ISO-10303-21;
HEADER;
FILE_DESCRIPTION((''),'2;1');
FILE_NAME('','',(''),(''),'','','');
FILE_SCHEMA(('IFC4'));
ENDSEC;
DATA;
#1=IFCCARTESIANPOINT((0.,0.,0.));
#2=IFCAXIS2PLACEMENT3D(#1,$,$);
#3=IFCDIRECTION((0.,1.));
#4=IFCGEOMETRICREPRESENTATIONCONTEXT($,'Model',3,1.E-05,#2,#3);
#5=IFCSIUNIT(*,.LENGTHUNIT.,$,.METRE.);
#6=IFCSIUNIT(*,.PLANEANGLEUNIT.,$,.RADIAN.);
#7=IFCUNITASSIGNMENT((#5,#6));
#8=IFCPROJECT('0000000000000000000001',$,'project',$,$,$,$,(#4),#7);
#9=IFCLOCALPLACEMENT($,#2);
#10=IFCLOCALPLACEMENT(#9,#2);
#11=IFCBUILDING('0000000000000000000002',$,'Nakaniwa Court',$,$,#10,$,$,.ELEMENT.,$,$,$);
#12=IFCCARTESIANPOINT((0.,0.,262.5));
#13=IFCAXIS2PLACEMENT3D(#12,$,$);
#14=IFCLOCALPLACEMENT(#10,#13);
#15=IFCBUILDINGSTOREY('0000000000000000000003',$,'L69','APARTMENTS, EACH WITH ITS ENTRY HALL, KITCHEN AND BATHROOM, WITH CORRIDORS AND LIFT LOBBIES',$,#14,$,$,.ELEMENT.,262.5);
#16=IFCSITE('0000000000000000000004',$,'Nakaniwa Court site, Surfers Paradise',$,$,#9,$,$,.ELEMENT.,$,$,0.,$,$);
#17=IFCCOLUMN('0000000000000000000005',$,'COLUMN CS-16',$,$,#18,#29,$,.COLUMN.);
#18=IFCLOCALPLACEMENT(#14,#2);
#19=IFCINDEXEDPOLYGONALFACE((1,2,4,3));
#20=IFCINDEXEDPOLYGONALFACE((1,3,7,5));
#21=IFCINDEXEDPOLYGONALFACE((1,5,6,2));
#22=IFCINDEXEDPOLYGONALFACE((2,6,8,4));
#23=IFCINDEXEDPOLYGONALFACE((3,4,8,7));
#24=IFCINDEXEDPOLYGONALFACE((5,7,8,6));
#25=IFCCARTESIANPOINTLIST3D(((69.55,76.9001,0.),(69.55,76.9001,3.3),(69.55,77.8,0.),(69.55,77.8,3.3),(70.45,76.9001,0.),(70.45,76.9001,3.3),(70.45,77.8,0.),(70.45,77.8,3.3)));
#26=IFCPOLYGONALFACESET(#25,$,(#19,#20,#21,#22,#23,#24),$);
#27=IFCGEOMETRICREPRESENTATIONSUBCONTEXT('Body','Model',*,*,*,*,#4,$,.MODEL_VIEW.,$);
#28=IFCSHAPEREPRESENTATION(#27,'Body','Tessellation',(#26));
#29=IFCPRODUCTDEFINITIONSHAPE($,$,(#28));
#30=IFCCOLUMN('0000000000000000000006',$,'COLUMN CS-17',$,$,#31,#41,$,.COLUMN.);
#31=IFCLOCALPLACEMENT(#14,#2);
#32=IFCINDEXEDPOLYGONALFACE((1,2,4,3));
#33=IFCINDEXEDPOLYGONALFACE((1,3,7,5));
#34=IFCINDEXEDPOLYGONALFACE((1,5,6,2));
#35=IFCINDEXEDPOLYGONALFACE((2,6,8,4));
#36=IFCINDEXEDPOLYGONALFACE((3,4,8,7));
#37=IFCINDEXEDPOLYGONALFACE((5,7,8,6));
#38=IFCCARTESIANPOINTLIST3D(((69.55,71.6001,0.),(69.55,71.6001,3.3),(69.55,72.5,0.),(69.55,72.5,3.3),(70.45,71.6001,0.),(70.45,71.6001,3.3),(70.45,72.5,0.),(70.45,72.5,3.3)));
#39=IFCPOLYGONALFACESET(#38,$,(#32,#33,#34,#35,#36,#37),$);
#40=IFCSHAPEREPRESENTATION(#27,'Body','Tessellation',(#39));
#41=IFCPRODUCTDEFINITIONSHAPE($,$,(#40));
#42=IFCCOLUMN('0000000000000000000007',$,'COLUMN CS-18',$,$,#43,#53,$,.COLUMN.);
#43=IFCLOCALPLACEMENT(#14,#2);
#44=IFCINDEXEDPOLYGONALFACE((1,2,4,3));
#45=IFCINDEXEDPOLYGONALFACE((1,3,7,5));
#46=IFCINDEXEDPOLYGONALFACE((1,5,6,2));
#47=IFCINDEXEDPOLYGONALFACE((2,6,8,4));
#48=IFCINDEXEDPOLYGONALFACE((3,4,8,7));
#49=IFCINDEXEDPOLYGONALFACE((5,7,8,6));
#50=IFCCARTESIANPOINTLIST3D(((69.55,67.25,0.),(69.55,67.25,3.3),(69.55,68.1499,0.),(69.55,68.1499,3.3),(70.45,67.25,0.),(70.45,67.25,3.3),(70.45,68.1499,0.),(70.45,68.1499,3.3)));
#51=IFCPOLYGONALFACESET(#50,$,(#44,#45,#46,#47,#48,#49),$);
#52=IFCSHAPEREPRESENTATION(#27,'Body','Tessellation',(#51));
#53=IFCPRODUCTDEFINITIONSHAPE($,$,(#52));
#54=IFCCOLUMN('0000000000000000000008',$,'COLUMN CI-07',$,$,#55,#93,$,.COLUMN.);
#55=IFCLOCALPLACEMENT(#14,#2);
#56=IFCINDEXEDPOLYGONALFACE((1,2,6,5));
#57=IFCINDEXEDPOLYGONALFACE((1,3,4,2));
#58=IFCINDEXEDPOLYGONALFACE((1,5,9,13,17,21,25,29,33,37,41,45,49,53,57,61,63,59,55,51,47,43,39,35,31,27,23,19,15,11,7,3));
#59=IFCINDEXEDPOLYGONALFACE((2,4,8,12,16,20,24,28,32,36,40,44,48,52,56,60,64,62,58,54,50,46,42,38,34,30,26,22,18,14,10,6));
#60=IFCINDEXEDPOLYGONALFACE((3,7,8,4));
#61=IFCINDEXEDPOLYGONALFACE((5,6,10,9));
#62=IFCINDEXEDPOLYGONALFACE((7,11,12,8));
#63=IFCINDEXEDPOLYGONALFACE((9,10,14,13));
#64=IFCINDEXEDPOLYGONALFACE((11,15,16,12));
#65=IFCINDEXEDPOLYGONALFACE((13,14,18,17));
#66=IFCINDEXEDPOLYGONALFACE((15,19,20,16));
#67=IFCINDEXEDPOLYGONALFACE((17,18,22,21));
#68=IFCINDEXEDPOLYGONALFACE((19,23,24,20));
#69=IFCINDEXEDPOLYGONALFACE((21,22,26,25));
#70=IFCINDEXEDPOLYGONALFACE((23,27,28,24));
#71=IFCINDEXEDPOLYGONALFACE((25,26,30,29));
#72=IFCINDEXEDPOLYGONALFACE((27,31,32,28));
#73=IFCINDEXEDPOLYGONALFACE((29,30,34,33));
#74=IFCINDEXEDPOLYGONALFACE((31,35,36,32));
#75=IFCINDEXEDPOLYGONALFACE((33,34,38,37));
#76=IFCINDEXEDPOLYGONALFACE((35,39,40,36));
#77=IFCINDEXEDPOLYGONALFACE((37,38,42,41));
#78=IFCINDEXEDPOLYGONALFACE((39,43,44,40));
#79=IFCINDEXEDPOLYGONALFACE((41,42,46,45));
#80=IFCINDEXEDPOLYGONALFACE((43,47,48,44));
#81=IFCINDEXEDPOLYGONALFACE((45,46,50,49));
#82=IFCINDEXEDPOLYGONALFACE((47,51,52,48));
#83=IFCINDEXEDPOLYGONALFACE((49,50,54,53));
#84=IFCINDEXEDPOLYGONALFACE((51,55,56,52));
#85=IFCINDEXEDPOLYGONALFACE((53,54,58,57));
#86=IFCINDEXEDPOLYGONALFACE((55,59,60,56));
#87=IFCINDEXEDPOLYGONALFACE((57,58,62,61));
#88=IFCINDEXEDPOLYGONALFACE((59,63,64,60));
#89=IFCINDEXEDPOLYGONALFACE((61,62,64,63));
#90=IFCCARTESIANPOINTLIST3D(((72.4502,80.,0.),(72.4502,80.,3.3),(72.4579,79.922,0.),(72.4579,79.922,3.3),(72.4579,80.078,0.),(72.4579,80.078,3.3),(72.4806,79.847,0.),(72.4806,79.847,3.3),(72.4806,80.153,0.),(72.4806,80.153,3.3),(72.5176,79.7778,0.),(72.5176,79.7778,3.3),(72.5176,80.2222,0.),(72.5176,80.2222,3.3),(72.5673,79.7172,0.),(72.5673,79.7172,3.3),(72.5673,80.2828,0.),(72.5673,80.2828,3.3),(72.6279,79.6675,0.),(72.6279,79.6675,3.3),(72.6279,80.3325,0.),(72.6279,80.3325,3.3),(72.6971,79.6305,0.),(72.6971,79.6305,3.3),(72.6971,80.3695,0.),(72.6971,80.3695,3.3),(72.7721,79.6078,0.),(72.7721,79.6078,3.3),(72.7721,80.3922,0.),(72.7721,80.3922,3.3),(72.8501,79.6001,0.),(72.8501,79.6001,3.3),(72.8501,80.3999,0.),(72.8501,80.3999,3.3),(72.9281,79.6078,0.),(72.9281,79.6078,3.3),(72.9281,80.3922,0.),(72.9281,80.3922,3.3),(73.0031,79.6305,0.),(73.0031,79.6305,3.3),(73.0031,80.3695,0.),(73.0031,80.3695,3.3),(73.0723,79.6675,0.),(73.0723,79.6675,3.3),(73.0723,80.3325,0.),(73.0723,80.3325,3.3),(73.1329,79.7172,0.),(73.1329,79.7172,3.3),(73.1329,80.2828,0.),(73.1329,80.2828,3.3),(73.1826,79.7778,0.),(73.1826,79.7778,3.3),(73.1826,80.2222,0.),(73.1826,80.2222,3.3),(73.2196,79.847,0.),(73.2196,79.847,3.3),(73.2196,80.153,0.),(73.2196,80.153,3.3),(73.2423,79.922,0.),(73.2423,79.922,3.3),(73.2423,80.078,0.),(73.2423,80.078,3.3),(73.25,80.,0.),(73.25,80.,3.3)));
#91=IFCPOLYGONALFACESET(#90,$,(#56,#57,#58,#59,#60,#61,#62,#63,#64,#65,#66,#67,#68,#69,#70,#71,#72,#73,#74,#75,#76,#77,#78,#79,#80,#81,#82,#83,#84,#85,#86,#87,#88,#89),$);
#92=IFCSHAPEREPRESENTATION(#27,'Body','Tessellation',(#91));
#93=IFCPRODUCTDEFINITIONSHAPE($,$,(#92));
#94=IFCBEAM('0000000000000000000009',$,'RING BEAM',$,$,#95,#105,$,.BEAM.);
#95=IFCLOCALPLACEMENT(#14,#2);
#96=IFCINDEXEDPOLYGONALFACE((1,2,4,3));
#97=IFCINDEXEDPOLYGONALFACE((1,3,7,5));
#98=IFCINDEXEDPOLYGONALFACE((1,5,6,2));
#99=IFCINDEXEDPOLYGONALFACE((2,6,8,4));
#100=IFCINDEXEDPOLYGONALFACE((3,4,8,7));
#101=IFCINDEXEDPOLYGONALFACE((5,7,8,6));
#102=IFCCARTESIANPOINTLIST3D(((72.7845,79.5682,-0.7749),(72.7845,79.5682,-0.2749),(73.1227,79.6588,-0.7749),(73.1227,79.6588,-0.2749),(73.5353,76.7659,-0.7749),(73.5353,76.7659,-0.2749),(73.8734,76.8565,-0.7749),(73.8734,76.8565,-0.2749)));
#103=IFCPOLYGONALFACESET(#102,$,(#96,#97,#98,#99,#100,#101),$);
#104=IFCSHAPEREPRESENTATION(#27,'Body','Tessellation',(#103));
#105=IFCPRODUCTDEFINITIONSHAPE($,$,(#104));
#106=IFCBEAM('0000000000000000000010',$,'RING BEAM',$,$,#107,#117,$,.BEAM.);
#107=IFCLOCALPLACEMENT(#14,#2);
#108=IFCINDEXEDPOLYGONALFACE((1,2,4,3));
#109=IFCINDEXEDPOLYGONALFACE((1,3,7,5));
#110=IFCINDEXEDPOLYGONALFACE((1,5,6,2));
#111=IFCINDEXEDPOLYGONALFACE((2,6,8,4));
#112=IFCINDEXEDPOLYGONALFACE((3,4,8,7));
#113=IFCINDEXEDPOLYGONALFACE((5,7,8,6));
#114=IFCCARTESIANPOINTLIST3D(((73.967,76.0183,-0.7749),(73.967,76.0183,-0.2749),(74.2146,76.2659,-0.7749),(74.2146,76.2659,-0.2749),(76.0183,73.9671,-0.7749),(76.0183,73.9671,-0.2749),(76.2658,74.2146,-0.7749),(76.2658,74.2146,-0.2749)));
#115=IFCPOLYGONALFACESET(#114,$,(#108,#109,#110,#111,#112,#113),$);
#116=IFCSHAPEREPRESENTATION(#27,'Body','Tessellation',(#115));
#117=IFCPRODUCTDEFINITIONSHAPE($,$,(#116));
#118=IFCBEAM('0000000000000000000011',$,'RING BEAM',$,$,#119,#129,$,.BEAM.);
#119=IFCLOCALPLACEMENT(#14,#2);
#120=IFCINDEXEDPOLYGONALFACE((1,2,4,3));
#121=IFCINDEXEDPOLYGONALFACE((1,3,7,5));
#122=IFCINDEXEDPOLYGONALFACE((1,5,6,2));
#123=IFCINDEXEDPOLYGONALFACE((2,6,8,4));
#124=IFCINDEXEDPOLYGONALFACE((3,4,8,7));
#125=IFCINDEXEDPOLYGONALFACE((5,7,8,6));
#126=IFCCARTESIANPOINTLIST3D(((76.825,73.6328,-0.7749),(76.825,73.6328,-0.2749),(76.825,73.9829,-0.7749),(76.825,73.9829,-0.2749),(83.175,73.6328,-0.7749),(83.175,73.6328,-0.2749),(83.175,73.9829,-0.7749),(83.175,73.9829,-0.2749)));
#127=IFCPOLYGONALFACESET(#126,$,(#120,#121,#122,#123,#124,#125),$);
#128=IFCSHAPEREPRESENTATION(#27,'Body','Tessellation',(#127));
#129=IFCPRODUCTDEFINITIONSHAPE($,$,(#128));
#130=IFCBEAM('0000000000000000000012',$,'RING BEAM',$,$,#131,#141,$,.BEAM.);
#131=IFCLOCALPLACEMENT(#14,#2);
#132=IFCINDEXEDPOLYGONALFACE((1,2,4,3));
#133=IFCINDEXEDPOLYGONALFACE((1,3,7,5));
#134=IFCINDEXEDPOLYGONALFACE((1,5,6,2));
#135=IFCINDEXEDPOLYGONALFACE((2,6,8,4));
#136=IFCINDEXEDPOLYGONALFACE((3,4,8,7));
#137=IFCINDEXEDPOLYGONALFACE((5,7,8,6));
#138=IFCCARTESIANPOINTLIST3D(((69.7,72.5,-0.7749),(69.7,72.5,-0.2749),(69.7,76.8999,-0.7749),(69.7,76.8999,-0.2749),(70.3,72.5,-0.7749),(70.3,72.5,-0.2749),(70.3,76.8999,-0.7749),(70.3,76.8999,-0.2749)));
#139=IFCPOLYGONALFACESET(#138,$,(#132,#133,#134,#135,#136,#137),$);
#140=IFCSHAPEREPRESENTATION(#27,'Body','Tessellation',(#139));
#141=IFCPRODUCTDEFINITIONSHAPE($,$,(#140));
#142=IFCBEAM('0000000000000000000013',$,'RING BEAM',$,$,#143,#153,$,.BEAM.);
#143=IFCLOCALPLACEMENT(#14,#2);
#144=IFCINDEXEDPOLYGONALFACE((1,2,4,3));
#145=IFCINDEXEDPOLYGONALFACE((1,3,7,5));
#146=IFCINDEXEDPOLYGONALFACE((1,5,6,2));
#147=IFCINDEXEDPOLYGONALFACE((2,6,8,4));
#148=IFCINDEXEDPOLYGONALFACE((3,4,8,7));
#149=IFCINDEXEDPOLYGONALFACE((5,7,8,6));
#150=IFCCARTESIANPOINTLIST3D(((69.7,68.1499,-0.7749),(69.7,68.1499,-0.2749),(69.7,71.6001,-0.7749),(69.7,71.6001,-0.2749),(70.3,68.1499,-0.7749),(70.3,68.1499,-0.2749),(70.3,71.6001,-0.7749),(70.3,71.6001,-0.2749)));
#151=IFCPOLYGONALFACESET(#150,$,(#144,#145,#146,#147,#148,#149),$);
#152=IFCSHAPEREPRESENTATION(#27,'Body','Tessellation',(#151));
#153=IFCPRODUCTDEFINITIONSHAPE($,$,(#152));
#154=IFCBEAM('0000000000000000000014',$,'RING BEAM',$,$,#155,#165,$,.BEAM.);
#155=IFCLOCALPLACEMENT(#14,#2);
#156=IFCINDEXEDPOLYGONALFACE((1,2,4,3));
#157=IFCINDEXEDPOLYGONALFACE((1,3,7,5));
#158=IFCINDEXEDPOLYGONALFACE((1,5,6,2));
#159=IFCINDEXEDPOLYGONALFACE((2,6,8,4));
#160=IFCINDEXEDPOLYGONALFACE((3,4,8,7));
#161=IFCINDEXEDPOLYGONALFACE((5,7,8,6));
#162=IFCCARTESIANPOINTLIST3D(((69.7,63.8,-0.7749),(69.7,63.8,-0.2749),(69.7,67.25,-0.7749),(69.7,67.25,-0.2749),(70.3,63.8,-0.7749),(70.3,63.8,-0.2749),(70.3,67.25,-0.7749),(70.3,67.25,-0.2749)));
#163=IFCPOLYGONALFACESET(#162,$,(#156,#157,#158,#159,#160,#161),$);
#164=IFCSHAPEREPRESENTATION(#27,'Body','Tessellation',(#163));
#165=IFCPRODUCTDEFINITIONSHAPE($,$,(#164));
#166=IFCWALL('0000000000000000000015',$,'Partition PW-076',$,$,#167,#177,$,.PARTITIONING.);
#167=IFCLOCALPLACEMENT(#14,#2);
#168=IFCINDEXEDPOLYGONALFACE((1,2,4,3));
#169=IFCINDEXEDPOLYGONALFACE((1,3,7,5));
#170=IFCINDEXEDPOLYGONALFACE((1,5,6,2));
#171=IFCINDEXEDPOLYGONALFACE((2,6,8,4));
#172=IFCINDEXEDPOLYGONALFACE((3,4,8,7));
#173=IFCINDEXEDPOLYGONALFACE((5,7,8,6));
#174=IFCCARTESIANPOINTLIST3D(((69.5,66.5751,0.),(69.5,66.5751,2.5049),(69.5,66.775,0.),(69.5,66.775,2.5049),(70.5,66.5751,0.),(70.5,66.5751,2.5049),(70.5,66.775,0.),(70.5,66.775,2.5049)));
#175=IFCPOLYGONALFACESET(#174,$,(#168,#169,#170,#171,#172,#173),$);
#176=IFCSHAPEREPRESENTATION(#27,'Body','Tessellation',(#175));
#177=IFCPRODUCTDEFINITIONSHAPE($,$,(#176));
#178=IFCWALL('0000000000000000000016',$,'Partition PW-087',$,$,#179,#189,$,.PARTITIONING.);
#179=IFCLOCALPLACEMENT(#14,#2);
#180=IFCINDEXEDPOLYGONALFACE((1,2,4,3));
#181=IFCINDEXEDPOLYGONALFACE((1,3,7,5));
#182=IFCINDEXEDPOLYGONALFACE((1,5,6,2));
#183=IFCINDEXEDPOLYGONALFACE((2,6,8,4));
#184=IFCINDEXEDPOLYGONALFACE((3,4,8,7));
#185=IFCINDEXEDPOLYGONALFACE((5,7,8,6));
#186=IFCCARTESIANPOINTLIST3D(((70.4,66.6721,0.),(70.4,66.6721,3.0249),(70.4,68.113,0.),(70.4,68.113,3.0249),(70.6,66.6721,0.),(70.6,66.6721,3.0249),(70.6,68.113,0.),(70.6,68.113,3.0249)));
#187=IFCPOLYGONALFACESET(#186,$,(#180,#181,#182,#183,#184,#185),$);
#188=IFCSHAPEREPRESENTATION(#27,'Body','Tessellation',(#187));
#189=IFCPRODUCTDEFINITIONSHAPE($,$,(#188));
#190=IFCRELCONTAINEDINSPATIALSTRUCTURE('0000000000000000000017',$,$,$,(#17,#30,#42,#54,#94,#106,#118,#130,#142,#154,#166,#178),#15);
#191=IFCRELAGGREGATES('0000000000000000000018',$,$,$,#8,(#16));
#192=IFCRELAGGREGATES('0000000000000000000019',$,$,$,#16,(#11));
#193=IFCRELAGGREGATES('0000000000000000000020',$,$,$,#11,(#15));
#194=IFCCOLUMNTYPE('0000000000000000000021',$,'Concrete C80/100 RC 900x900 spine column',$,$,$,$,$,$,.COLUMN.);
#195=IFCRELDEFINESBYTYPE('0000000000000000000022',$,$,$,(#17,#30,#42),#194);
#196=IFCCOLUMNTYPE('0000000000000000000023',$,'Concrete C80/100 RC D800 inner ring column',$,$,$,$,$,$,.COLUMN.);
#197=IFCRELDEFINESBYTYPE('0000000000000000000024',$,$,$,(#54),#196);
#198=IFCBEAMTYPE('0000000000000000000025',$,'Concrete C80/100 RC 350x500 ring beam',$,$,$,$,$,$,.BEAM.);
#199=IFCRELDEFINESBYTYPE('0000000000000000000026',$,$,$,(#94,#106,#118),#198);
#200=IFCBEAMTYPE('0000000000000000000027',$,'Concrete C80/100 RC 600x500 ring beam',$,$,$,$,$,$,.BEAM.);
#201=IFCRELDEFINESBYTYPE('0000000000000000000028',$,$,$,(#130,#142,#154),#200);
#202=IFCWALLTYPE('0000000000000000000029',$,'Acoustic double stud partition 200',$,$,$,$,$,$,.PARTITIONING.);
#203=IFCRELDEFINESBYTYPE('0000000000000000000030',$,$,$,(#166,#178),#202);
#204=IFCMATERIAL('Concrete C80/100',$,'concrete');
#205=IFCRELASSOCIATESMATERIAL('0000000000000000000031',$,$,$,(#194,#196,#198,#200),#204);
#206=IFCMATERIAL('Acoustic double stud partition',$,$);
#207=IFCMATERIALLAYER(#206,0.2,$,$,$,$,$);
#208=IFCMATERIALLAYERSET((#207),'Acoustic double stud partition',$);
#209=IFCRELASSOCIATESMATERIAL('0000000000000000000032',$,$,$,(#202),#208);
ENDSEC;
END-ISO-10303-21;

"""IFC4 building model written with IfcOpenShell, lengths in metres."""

from ifc_helpers import new_model, si_unit, direction, frame, frame_2d, origin, origin_2d, place, context, subcontext, project, spatial, rectangle, circle, extrude, material, layer, layer_set, material_profile, profile_set, type_object, element, save


model = new_model("IFC4")

# Units and contexts
model_context = context("Model", 3, precision=1e-05, world=origin(), true_north=direction((0.0, 1.0)))
body_context = subcontext(model_context, "Body", "Model", "MODEL_VIEW")
ifc_project = project(units=[si_unit("LENGTHUNIT", "METRE"), si_unit("PLANEANGLEUNIT", "RADIAN")], contexts=[model_context])

# Site, building, storey
site_placement = place(None, origin())
site = spatial("IfcSite", under=ifc_project, at=site_placement, Name="Nakaniwa Court site, Surfers Paradise", CompositionType="ELEMENT", RefElevation=0.0)
building_placement = place(site_placement, origin())
building = spatial("IfcBuilding", under=site, at=building_placement, Name="Nakaniwa Court", CompositionType="ELEMENT")
storey_placement = place(building_placement, frame((0.0, 0.0, 262.5)))
storey = spatial("IfcBuildingStorey", under=building, at=storey_placement, Name="L69", Description="APARTMENTS, EACH WITH ITS ENTRY HALL, KITCHEN AND BATHROOM, WITH CORRIDORS AND LIFT LOBBIES", CompositionType="ELEMENT", Elevation=262.5)

# Columns
ifc_material_1 = material(Name="Concrete C80/100", Category="concrete")
ifc_material_profile_1 = material_profile(ifc_material_1, rectangle(XDim=0.8999, YDim=0.8999, at=origin_2d()), Name="Concrete C80/100 RC 900x900 spine column")
ifc_profile_set_1 = profile_set([ifc_material_profile_1], Name="Concrete C80/100")
column_type_1 = type_object("IfcColumnType", Name="Concrete C80/100 RC 900x900 spine column", PredefinedType="COLUMN", material=ifc_profile_set_1)
for number, where, z_axis, x_axis, name in (
    (1, (70.0, 77.3501, 0.0), (0.0, 0.0, 1.0), (0.0, -1.0, 0.0), "COLUMN CS-16"),
    (2, (70.0, 72.05, 0.0), (0.0, 0.0, 1.0), (0.0, -1.0, 0.0), "COLUMN CS-17"),
    (3, (70.0, 67.7, 0.0), (0.0, 0.0, 1.0), (0.0, -1.0, 0.0), "COLUMN CS-18"),
):
    element("IfcColumn", number, at=place(storey_placement, frame(where, z_axis=z_axis, x_axis=x_axis)), inside=storey, type_object=column_type_1, Name=name, PredefinedType="COLUMN", context=body_context, shape_type="SweptSolid", body=[
        extrude(rectangle(XDim=0.8999, YDim=0.8999, at=origin_2d()), origin(), (0.0, 0.0, 1.0), 3.3),
    ])
ifc_material_profile_2 = material_profile(ifc_material_1, circle(Radius=0.3999, at=origin_2d()), Name="Concrete C80/100 RC D800 inner ring column")
ifc_profile_set_2 = profile_set([ifc_material_profile_2], Name="Concrete C80/100")
column_type_2 = type_object("IfcColumnType", Name="Concrete C80/100 RC D800 inner ring column", PredefinedType="COLUMN", material=ifc_profile_set_2)
for number, where, z_axis, x_axis, name in (
    (4, (72.8501, 80.0, 0.0), (0.0, 0.0, 1.0), (0.0, -1.0, 0.0), "COLUMN CI-07"),
):
    element("IfcColumn", number, at=place(storey_placement, frame(where, z_axis=z_axis, x_axis=x_axis)), inside=storey, type_object=column_type_2, Name=name, PredefinedType="COLUMN", context=body_context, shape_type="SweptSolid", body=[
        extrude(circle(Radius=0.3999, at=origin_2d()), origin(), (0.0, 0.0, 1.0), 3.3),
    ])

# Beams
ifc_material_profile_3 = material_profile(ifc_material_1, rectangle(XDim=0.3501, YDim=0.5, at=origin_2d()), Name="Concrete C80/100 RC 350x500 ring beam")
ifc_profile_set_3 = profile_set([ifc_material_profile_3], Name="Concrete C80/100")
beam_type_1 = type_object("IfcBeamType", Name="Concrete C80/100 RC 350x500 ring beam", PredefinedType="BEAM", material=ifc_profile_set_3)
beam_1_placement = place(storey_placement, frame((72.9536, 79.6135, -0.5249), z_axis=(0.258778, -0.965937, 0.0), x_axis=(0.965937, 0.258778, 0.0)))
element("IfcBeam", 5, at=beam_1_placement, inside=storey, type_object=beam_type_1, Name="RING BEAM", PredefinedType="BEAM", context=body_context, shape_type="SweptSolid", body=[
    extrude(rectangle(XDim=0.3501, YDim=0.5, at=origin_2d()), origin(), (0.0, 0.0, 1.0), 2.9011),
])
beam_2_placement = place(storey_placement, frame((74.0908, 76.1421, -0.5249), z_axis=(0.707107, -0.707107, 0.0), x_axis=(0.707107, 0.707107, 0.0)))
element("IfcBeam", 6, at=beam_2_placement, inside=storey, type_object=beam_type_1, Name="RING BEAM", PredefinedType="BEAM", context=body_context, shape_type="SweptSolid", body=[
    extrude(rectangle(XDim=0.3501, YDim=0.5, at=origin_2d()), origin(), (0.0, 0.0, 1.0), 2.9009),
])
beam_3_placement = place(storey_placement, frame((76.825, 73.8079, -0.5249), z_axis=(1.0, 0.0, 0.0), x_axis=(0.0, 1.0, 0.0)))
element("IfcBeam", 7, at=beam_3_placement, inside=storey, type_object=beam_type_1, Name="RING BEAM", PredefinedType="BEAM", context=body_context, shape_type="SweptSolid", body=[
    extrude(rectangle(XDim=0.3501, YDim=0.5, at=origin_2d()), origin(), (0.0, 0.0, 1.0), 6.3501),
])
ifc_material_profile_4 = material_profile(ifc_material_1, rectangle(XDim=0.6001, YDim=0.5, at=origin_2d()), Name="Concrete C80/100 RC 600x500 ring beam")
ifc_profile_set_4 = profile_set([ifc_material_profile_4], Name="Concrete C80/100")
beam_type_2 = type_object("IfcBeamType", Name="Concrete C80/100 RC 600x500 ring beam", PredefinedType="BEAM", material=ifc_profile_set_4)
beam_4_placement = place(storey_placement, frame((70.0, 76.8999, -0.5249), z_axis=(0.0, -1.0, 0.0), x_axis=(1.0, 0.0, 0.0)))
element("IfcBeam", 8, at=beam_4_placement, inside=storey, type_object=beam_type_2, Name="RING BEAM", PredefinedType="BEAM", context=body_context, shape_type="SweptSolid", body=[
    extrude(rectangle(XDim=0.6001, YDim=0.5, at=origin_2d()), origin(), (0.0, 0.0, 1.0), 4.3999),
])
beam_5_placement = place(storey_placement, frame((70.0, 71.6001, -0.5249), z_axis=(0.0, -1.0, 0.0), x_axis=(1.0, 0.0, 0.0)))
element("IfcBeam", 9, at=beam_5_placement, inside=storey, type_object=beam_type_2, Name="RING BEAM", PredefinedType="BEAM", context=body_context, shape_type="SweptSolid", body=[
    extrude(rectangle(XDim=0.6001, YDim=0.5, at=origin_2d()), origin(), (0.0, 0.0, 1.0), 3.4502),
])
beam_6_placement = place(storey_placement, frame((70.0, 67.25, -0.5249), z_axis=(0.0, -1.0, 0.0), x_axis=(1.0, 0.0, 0.0)))
element("IfcBeam", 10, at=beam_6_placement, inside=storey, type_object=beam_type_2, Name="RING BEAM", PredefinedType="BEAM", context=body_context, shape_type="SweptSolid", body=[
    extrude(rectangle(XDim=0.6001, YDim=0.5, at=origin_2d()), origin(), (0.0, 0.0, 1.0), 3.45),
])

# Walls
ifc_material_2 = material(Name="Acoustic double stud partition")
ifc_layer_1 = layer(ifc_material_2, 0.2)
ifc_layer_set_1 = layer_set([ifc_layer_1], Name="Acoustic double stud partition")
wall_type_1 = type_object("IfcWallType", Name="Acoustic double stud partition 200", PredefinedType="PARTITIONING", material=ifc_layer_set_1)
wall_1_placement = place(storey_placement, frame((69.5, 66.675, 0.0), z_axis=(0.0, 0.0, 1.0), x_axis=(1.0, 0.0, 0.0)))
element("IfcWall", 11, at=wall_1_placement, inside=storey, type_object=wall_type_1, Name="Partition PW-076", PredefinedType="PARTITIONING", context=body_context, shape_type="SweptSolid", body=[
    extrude(rectangle(XDim=1.0, YDim=0.2, at=frame_2d((0.5, 0.0))), origin(), (0.0, 0.0, 1.0), 2.5049),
])
wall_2_placement = place(storey_placement, frame((70.5, 66.6721, 0.0), z_axis=(0.0, 0.0, 1.0), x_axis=(0.0, 1.0, 0.0)))
element("IfcWall", 12, at=wall_2_placement, inside=storey, type_object=wall_type_1, Name="Partition PW-087", PredefinedType="PARTITIONING", context=body_context, shape_type="SweptSolid", body=[
    extrude(rectangle(XDim=1.4409, YDim=0.2, at=frame_2d((0.7205, 0.0))), origin(), (0.0, 0.0, 1.0), 3.0249),
])

save(model, "model.ifc")
